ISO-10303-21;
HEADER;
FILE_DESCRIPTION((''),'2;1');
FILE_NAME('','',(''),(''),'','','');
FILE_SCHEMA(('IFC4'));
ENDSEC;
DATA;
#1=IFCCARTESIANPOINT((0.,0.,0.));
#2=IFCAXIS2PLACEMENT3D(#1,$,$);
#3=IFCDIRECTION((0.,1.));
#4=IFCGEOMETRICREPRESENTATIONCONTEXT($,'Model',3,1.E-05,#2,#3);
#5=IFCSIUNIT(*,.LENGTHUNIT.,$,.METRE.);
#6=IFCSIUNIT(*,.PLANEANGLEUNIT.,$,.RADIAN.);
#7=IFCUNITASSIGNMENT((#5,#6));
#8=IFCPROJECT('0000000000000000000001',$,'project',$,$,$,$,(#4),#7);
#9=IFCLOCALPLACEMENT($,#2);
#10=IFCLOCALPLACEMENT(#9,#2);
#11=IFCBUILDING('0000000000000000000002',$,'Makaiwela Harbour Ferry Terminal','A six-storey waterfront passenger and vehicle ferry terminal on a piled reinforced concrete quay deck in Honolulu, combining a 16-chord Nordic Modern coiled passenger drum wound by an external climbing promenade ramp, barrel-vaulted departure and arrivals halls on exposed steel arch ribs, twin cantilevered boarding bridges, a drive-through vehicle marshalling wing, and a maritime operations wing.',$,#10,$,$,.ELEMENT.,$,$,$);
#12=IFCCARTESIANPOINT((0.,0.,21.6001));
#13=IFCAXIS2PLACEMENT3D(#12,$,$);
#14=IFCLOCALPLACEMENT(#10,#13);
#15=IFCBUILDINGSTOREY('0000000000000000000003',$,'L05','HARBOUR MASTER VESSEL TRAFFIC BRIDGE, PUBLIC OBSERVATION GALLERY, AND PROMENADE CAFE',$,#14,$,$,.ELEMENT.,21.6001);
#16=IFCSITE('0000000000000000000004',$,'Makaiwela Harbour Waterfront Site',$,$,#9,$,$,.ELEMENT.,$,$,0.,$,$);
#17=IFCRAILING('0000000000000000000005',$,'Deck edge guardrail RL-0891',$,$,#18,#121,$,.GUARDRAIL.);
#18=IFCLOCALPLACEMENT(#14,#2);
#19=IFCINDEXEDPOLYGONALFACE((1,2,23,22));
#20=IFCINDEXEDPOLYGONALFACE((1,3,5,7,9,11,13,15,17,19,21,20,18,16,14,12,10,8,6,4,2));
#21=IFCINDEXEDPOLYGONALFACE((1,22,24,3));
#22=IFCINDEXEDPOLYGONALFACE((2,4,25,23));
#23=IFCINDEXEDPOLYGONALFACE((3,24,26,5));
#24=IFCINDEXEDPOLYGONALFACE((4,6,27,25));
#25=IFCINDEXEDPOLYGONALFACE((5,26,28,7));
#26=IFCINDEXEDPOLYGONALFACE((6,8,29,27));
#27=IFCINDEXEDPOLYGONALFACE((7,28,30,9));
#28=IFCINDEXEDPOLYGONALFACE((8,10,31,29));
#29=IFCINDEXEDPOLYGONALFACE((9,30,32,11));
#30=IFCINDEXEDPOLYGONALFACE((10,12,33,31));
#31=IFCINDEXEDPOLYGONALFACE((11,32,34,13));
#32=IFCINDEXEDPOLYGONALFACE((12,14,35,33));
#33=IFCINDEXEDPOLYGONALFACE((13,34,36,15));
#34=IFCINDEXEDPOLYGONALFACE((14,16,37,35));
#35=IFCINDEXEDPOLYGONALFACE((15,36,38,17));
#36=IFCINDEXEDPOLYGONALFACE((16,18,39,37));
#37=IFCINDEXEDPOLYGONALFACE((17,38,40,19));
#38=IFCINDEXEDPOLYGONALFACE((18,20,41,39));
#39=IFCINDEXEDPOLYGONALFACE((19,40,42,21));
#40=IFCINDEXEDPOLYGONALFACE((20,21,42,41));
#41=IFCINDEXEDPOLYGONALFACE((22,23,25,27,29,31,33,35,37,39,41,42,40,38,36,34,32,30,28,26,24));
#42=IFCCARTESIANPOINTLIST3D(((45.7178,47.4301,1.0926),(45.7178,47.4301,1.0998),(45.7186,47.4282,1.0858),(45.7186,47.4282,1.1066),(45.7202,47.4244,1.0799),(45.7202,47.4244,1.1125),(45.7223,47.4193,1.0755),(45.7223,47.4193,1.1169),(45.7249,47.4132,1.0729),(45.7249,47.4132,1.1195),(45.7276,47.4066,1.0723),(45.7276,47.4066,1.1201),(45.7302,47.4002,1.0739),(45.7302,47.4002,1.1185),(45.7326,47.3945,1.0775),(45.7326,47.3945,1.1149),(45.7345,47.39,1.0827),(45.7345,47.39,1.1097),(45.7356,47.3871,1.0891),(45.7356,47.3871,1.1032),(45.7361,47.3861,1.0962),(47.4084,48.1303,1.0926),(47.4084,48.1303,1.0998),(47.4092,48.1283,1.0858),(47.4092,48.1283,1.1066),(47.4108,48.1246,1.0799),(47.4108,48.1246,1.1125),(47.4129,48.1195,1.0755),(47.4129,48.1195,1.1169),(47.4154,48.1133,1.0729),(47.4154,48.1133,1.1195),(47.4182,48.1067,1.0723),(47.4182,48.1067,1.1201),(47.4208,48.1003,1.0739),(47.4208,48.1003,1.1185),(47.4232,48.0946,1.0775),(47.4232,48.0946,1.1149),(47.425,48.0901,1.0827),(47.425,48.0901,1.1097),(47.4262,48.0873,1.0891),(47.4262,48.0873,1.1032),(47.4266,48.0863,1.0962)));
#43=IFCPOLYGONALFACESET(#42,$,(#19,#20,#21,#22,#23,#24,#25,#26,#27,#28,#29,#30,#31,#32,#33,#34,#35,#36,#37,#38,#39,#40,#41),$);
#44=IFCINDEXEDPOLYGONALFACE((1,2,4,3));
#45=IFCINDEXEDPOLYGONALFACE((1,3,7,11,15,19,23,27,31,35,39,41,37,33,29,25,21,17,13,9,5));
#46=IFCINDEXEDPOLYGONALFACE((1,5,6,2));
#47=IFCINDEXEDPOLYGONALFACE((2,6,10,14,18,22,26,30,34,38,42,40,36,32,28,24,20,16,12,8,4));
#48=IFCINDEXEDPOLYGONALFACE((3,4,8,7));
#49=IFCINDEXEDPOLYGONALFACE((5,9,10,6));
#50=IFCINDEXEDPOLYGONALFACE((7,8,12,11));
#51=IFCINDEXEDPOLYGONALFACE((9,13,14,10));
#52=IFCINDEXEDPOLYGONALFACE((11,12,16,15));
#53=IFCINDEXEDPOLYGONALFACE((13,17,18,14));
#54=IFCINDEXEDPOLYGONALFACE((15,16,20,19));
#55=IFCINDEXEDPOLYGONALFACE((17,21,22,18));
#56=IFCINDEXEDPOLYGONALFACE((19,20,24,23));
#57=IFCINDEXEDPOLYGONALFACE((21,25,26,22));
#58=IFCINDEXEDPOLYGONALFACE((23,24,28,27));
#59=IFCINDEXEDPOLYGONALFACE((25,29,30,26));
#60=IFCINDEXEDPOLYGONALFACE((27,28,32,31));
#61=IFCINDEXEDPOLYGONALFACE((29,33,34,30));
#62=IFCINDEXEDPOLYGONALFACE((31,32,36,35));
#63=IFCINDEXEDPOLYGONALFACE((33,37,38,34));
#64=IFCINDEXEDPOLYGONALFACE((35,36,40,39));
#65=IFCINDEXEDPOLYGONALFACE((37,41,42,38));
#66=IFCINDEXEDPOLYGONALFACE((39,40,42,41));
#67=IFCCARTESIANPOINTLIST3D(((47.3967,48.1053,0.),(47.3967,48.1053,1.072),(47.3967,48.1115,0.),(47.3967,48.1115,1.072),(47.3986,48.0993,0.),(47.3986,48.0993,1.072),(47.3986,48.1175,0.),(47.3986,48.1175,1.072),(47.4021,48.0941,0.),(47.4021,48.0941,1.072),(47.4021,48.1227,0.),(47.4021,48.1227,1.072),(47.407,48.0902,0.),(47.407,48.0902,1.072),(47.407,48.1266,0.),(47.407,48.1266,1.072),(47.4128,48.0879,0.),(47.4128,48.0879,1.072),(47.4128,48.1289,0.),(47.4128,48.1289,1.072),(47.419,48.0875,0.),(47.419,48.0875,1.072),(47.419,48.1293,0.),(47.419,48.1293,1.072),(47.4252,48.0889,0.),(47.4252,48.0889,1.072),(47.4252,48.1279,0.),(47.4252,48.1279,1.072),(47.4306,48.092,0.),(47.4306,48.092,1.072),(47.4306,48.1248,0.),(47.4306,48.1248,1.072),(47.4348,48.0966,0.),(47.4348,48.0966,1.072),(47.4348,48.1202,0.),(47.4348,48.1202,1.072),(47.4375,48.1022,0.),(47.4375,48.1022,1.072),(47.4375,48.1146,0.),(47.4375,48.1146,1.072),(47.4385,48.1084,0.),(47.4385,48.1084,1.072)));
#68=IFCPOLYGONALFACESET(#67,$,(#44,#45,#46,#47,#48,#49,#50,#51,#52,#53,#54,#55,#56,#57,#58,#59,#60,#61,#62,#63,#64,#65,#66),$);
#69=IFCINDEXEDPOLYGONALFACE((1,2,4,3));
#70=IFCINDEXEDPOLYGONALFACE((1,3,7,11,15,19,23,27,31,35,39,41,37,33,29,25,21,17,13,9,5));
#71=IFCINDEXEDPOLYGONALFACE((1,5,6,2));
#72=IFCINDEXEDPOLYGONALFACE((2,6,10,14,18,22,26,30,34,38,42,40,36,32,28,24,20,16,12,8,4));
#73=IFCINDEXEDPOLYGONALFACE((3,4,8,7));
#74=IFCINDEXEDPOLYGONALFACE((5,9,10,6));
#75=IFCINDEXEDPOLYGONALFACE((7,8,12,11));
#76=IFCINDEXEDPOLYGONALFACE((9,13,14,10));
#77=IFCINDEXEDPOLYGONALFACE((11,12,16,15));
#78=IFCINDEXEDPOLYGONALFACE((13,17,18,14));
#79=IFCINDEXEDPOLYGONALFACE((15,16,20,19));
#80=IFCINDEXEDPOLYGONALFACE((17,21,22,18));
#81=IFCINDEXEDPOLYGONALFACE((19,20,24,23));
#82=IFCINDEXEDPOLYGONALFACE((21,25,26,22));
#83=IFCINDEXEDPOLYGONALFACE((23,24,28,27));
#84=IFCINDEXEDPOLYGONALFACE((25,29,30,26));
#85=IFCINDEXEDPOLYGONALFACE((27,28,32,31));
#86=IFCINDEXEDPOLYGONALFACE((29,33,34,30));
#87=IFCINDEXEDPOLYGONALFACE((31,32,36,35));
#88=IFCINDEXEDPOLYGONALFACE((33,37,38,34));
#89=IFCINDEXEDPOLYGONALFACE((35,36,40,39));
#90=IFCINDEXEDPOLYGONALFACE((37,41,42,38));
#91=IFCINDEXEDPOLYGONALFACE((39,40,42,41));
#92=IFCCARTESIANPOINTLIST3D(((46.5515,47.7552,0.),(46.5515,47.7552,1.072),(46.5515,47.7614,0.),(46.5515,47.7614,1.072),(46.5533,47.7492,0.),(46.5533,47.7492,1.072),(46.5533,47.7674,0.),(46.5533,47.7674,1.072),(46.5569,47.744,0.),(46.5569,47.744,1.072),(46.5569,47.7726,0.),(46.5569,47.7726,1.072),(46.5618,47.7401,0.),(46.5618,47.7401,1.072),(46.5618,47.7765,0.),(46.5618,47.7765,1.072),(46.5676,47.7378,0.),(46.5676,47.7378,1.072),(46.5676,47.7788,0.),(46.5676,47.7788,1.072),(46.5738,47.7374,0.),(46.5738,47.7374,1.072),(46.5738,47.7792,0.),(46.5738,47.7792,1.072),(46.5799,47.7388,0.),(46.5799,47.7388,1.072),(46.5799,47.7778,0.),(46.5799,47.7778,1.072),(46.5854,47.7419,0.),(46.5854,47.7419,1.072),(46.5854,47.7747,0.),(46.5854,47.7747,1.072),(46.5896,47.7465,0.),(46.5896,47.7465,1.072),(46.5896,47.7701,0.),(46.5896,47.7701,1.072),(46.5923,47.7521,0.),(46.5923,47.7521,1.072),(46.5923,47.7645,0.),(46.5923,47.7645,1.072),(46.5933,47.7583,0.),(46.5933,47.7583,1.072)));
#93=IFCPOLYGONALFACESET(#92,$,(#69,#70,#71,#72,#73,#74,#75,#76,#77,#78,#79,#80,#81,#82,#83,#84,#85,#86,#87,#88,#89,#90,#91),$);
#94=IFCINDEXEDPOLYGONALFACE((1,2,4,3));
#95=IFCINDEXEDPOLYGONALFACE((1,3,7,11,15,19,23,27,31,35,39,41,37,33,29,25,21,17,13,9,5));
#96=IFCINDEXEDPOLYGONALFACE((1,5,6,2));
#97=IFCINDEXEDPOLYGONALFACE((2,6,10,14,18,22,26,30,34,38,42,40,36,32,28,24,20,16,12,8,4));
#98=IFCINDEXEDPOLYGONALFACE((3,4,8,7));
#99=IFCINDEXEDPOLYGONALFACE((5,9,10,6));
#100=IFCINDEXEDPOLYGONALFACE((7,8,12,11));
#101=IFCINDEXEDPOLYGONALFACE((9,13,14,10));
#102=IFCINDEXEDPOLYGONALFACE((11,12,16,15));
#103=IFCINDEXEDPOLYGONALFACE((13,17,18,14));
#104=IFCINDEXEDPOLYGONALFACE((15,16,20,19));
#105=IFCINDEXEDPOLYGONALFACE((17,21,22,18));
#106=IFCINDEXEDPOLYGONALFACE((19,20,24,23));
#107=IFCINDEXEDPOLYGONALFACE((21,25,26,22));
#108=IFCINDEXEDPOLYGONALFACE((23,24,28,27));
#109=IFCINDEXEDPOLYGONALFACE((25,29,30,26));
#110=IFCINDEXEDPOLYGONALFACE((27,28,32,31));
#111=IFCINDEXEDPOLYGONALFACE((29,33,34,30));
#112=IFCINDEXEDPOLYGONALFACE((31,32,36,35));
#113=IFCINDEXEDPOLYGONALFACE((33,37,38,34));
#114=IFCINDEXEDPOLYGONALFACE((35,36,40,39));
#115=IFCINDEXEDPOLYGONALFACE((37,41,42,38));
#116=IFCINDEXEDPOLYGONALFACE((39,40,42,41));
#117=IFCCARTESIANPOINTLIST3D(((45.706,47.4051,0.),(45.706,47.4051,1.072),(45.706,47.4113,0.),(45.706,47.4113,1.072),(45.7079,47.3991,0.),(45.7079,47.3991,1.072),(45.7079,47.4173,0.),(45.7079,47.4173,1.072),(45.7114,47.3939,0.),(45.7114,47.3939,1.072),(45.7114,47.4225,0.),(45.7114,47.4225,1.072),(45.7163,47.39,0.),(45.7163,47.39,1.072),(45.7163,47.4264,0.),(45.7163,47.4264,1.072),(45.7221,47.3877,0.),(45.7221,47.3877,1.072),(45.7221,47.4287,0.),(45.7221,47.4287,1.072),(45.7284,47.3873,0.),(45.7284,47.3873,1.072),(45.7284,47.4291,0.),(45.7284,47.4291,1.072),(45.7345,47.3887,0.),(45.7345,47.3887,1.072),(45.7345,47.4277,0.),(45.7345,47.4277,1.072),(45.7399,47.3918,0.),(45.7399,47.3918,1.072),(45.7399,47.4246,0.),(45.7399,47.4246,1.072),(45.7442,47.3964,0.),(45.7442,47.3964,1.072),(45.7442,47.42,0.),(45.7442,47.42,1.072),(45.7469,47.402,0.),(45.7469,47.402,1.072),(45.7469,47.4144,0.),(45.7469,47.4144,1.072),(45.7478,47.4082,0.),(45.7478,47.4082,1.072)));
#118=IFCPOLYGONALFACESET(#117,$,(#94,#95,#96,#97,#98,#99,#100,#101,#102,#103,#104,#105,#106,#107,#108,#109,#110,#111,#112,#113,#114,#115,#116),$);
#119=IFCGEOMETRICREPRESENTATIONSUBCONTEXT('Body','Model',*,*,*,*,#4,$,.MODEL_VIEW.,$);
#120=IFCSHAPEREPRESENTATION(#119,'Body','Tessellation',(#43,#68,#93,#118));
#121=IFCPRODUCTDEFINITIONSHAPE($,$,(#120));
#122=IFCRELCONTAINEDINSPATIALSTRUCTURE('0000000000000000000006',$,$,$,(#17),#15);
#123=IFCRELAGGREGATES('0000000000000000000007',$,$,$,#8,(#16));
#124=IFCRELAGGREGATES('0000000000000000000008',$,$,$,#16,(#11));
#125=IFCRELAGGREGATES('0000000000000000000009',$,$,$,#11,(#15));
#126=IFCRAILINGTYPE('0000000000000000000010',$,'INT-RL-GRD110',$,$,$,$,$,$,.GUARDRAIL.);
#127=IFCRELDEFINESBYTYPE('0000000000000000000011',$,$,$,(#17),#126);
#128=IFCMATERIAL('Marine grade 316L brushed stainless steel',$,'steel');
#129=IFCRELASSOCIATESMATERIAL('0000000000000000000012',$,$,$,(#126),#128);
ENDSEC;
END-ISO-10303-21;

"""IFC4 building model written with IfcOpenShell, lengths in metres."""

from ifc_helpers import new_model, si_unit, direction, frame, origin, origin_2d, place, context, subcontext, project, spatial, circle, extrude, material, type_object, element, save


model = new_model("IFC4")

# Units and contexts
model_context = context("Model", 3, precision=1e-05, world=origin(), true_north=direction((0.0, 1.0)))
body_context = subcontext(model_context, "Body", "Model", "MODEL_VIEW")
ifc_project = project(units=[si_unit("LENGTHUNIT", "METRE"), si_unit("PLANEANGLEUNIT", "RADIAN")], contexts=[model_context])

# Site, building, storey
site_placement = place(None, origin())
site = spatial("IfcSite", under=ifc_project, at=site_placement, Name="Makaiwela Harbour Waterfront Site", CompositionType="ELEMENT", RefElevation=0.0)
building_placement = place(site_placement, origin())
building = spatial("IfcBuilding", under=site, at=building_placement, Name="Makaiwela Harbour Ferry Terminal", Description="A six-storey waterfront passenger and vehicle ferry terminal on a piled reinforced concrete quay deck in Honolulu, combining a 16-chord Nordic Modern coiled passenger drum wound by an external climbing promenade ramp, barrel-vaulted departure and arrivals halls on exposed steel arch ribs, twin cantilevered boarding bridges, a drive-through vehicle marshalling wing, and a maritime operations wing.", CompositionType="ELEMENT")
storey_placement = place(building_placement, frame((0.0, 0.0, 21.6001)))
storey = spatial("IfcBuildingStorey", under=building, at=storey_placement, Name="L05", Description="HARBOUR MASTER VESSEL TRAFFIC BRIDGE, PUBLIC OBSERVATION GALLERY, AND PROMENADE CAFE", CompositionType="ELEMENT", Elevation=21.6001)

# Railing
ifc_material_1 = material(Name="Marine grade 316L brushed stainless steel", Category="steel")
railing_type = type_object("IfcRailingType", Name="INT-RL-GRD110", PredefinedType="GUARDRAIL", material=ifc_material_1)
railing_1_placement = place(storey_placement, frame((47.4175, 48.1084, 0.0)))
element("IfcRailing", 1, at=railing_1_placement, inside=storey, type_object=railing_type, Name="Deck edge guardrail RL-0891", PredefinedType="GUARDRAIL", context=body_context, shape_type="SweptSolid", body=[
    extrude(circle(Radius=0.0239, at=origin_2d()), frame((0.0, 0.0, 1.0962), z_axis=(-0.9239, -0.382635, 0.0), x_axis=(0.382635, -0.9239, 0.0)), (0.0, 0.0, 1.0), 1.8298),
    extrude(circle(Radius=0.021, at=origin_2d()), origin(), (0.0, 0.0, 1.0), 1.072),
    extrude(circle(Radius=0.021, at=origin_2d()), frame((-0.8452, -0.3501, 0.0)), (0.0, 0.0, 1.0), 1.072),
    extrude(circle(Radius=0.021, at=origin_2d()), frame((-1.6907, -0.7002, 0.0)), (0.0, 0.0, 1.0), 1.072),
])

save(model, "model.ifc")
